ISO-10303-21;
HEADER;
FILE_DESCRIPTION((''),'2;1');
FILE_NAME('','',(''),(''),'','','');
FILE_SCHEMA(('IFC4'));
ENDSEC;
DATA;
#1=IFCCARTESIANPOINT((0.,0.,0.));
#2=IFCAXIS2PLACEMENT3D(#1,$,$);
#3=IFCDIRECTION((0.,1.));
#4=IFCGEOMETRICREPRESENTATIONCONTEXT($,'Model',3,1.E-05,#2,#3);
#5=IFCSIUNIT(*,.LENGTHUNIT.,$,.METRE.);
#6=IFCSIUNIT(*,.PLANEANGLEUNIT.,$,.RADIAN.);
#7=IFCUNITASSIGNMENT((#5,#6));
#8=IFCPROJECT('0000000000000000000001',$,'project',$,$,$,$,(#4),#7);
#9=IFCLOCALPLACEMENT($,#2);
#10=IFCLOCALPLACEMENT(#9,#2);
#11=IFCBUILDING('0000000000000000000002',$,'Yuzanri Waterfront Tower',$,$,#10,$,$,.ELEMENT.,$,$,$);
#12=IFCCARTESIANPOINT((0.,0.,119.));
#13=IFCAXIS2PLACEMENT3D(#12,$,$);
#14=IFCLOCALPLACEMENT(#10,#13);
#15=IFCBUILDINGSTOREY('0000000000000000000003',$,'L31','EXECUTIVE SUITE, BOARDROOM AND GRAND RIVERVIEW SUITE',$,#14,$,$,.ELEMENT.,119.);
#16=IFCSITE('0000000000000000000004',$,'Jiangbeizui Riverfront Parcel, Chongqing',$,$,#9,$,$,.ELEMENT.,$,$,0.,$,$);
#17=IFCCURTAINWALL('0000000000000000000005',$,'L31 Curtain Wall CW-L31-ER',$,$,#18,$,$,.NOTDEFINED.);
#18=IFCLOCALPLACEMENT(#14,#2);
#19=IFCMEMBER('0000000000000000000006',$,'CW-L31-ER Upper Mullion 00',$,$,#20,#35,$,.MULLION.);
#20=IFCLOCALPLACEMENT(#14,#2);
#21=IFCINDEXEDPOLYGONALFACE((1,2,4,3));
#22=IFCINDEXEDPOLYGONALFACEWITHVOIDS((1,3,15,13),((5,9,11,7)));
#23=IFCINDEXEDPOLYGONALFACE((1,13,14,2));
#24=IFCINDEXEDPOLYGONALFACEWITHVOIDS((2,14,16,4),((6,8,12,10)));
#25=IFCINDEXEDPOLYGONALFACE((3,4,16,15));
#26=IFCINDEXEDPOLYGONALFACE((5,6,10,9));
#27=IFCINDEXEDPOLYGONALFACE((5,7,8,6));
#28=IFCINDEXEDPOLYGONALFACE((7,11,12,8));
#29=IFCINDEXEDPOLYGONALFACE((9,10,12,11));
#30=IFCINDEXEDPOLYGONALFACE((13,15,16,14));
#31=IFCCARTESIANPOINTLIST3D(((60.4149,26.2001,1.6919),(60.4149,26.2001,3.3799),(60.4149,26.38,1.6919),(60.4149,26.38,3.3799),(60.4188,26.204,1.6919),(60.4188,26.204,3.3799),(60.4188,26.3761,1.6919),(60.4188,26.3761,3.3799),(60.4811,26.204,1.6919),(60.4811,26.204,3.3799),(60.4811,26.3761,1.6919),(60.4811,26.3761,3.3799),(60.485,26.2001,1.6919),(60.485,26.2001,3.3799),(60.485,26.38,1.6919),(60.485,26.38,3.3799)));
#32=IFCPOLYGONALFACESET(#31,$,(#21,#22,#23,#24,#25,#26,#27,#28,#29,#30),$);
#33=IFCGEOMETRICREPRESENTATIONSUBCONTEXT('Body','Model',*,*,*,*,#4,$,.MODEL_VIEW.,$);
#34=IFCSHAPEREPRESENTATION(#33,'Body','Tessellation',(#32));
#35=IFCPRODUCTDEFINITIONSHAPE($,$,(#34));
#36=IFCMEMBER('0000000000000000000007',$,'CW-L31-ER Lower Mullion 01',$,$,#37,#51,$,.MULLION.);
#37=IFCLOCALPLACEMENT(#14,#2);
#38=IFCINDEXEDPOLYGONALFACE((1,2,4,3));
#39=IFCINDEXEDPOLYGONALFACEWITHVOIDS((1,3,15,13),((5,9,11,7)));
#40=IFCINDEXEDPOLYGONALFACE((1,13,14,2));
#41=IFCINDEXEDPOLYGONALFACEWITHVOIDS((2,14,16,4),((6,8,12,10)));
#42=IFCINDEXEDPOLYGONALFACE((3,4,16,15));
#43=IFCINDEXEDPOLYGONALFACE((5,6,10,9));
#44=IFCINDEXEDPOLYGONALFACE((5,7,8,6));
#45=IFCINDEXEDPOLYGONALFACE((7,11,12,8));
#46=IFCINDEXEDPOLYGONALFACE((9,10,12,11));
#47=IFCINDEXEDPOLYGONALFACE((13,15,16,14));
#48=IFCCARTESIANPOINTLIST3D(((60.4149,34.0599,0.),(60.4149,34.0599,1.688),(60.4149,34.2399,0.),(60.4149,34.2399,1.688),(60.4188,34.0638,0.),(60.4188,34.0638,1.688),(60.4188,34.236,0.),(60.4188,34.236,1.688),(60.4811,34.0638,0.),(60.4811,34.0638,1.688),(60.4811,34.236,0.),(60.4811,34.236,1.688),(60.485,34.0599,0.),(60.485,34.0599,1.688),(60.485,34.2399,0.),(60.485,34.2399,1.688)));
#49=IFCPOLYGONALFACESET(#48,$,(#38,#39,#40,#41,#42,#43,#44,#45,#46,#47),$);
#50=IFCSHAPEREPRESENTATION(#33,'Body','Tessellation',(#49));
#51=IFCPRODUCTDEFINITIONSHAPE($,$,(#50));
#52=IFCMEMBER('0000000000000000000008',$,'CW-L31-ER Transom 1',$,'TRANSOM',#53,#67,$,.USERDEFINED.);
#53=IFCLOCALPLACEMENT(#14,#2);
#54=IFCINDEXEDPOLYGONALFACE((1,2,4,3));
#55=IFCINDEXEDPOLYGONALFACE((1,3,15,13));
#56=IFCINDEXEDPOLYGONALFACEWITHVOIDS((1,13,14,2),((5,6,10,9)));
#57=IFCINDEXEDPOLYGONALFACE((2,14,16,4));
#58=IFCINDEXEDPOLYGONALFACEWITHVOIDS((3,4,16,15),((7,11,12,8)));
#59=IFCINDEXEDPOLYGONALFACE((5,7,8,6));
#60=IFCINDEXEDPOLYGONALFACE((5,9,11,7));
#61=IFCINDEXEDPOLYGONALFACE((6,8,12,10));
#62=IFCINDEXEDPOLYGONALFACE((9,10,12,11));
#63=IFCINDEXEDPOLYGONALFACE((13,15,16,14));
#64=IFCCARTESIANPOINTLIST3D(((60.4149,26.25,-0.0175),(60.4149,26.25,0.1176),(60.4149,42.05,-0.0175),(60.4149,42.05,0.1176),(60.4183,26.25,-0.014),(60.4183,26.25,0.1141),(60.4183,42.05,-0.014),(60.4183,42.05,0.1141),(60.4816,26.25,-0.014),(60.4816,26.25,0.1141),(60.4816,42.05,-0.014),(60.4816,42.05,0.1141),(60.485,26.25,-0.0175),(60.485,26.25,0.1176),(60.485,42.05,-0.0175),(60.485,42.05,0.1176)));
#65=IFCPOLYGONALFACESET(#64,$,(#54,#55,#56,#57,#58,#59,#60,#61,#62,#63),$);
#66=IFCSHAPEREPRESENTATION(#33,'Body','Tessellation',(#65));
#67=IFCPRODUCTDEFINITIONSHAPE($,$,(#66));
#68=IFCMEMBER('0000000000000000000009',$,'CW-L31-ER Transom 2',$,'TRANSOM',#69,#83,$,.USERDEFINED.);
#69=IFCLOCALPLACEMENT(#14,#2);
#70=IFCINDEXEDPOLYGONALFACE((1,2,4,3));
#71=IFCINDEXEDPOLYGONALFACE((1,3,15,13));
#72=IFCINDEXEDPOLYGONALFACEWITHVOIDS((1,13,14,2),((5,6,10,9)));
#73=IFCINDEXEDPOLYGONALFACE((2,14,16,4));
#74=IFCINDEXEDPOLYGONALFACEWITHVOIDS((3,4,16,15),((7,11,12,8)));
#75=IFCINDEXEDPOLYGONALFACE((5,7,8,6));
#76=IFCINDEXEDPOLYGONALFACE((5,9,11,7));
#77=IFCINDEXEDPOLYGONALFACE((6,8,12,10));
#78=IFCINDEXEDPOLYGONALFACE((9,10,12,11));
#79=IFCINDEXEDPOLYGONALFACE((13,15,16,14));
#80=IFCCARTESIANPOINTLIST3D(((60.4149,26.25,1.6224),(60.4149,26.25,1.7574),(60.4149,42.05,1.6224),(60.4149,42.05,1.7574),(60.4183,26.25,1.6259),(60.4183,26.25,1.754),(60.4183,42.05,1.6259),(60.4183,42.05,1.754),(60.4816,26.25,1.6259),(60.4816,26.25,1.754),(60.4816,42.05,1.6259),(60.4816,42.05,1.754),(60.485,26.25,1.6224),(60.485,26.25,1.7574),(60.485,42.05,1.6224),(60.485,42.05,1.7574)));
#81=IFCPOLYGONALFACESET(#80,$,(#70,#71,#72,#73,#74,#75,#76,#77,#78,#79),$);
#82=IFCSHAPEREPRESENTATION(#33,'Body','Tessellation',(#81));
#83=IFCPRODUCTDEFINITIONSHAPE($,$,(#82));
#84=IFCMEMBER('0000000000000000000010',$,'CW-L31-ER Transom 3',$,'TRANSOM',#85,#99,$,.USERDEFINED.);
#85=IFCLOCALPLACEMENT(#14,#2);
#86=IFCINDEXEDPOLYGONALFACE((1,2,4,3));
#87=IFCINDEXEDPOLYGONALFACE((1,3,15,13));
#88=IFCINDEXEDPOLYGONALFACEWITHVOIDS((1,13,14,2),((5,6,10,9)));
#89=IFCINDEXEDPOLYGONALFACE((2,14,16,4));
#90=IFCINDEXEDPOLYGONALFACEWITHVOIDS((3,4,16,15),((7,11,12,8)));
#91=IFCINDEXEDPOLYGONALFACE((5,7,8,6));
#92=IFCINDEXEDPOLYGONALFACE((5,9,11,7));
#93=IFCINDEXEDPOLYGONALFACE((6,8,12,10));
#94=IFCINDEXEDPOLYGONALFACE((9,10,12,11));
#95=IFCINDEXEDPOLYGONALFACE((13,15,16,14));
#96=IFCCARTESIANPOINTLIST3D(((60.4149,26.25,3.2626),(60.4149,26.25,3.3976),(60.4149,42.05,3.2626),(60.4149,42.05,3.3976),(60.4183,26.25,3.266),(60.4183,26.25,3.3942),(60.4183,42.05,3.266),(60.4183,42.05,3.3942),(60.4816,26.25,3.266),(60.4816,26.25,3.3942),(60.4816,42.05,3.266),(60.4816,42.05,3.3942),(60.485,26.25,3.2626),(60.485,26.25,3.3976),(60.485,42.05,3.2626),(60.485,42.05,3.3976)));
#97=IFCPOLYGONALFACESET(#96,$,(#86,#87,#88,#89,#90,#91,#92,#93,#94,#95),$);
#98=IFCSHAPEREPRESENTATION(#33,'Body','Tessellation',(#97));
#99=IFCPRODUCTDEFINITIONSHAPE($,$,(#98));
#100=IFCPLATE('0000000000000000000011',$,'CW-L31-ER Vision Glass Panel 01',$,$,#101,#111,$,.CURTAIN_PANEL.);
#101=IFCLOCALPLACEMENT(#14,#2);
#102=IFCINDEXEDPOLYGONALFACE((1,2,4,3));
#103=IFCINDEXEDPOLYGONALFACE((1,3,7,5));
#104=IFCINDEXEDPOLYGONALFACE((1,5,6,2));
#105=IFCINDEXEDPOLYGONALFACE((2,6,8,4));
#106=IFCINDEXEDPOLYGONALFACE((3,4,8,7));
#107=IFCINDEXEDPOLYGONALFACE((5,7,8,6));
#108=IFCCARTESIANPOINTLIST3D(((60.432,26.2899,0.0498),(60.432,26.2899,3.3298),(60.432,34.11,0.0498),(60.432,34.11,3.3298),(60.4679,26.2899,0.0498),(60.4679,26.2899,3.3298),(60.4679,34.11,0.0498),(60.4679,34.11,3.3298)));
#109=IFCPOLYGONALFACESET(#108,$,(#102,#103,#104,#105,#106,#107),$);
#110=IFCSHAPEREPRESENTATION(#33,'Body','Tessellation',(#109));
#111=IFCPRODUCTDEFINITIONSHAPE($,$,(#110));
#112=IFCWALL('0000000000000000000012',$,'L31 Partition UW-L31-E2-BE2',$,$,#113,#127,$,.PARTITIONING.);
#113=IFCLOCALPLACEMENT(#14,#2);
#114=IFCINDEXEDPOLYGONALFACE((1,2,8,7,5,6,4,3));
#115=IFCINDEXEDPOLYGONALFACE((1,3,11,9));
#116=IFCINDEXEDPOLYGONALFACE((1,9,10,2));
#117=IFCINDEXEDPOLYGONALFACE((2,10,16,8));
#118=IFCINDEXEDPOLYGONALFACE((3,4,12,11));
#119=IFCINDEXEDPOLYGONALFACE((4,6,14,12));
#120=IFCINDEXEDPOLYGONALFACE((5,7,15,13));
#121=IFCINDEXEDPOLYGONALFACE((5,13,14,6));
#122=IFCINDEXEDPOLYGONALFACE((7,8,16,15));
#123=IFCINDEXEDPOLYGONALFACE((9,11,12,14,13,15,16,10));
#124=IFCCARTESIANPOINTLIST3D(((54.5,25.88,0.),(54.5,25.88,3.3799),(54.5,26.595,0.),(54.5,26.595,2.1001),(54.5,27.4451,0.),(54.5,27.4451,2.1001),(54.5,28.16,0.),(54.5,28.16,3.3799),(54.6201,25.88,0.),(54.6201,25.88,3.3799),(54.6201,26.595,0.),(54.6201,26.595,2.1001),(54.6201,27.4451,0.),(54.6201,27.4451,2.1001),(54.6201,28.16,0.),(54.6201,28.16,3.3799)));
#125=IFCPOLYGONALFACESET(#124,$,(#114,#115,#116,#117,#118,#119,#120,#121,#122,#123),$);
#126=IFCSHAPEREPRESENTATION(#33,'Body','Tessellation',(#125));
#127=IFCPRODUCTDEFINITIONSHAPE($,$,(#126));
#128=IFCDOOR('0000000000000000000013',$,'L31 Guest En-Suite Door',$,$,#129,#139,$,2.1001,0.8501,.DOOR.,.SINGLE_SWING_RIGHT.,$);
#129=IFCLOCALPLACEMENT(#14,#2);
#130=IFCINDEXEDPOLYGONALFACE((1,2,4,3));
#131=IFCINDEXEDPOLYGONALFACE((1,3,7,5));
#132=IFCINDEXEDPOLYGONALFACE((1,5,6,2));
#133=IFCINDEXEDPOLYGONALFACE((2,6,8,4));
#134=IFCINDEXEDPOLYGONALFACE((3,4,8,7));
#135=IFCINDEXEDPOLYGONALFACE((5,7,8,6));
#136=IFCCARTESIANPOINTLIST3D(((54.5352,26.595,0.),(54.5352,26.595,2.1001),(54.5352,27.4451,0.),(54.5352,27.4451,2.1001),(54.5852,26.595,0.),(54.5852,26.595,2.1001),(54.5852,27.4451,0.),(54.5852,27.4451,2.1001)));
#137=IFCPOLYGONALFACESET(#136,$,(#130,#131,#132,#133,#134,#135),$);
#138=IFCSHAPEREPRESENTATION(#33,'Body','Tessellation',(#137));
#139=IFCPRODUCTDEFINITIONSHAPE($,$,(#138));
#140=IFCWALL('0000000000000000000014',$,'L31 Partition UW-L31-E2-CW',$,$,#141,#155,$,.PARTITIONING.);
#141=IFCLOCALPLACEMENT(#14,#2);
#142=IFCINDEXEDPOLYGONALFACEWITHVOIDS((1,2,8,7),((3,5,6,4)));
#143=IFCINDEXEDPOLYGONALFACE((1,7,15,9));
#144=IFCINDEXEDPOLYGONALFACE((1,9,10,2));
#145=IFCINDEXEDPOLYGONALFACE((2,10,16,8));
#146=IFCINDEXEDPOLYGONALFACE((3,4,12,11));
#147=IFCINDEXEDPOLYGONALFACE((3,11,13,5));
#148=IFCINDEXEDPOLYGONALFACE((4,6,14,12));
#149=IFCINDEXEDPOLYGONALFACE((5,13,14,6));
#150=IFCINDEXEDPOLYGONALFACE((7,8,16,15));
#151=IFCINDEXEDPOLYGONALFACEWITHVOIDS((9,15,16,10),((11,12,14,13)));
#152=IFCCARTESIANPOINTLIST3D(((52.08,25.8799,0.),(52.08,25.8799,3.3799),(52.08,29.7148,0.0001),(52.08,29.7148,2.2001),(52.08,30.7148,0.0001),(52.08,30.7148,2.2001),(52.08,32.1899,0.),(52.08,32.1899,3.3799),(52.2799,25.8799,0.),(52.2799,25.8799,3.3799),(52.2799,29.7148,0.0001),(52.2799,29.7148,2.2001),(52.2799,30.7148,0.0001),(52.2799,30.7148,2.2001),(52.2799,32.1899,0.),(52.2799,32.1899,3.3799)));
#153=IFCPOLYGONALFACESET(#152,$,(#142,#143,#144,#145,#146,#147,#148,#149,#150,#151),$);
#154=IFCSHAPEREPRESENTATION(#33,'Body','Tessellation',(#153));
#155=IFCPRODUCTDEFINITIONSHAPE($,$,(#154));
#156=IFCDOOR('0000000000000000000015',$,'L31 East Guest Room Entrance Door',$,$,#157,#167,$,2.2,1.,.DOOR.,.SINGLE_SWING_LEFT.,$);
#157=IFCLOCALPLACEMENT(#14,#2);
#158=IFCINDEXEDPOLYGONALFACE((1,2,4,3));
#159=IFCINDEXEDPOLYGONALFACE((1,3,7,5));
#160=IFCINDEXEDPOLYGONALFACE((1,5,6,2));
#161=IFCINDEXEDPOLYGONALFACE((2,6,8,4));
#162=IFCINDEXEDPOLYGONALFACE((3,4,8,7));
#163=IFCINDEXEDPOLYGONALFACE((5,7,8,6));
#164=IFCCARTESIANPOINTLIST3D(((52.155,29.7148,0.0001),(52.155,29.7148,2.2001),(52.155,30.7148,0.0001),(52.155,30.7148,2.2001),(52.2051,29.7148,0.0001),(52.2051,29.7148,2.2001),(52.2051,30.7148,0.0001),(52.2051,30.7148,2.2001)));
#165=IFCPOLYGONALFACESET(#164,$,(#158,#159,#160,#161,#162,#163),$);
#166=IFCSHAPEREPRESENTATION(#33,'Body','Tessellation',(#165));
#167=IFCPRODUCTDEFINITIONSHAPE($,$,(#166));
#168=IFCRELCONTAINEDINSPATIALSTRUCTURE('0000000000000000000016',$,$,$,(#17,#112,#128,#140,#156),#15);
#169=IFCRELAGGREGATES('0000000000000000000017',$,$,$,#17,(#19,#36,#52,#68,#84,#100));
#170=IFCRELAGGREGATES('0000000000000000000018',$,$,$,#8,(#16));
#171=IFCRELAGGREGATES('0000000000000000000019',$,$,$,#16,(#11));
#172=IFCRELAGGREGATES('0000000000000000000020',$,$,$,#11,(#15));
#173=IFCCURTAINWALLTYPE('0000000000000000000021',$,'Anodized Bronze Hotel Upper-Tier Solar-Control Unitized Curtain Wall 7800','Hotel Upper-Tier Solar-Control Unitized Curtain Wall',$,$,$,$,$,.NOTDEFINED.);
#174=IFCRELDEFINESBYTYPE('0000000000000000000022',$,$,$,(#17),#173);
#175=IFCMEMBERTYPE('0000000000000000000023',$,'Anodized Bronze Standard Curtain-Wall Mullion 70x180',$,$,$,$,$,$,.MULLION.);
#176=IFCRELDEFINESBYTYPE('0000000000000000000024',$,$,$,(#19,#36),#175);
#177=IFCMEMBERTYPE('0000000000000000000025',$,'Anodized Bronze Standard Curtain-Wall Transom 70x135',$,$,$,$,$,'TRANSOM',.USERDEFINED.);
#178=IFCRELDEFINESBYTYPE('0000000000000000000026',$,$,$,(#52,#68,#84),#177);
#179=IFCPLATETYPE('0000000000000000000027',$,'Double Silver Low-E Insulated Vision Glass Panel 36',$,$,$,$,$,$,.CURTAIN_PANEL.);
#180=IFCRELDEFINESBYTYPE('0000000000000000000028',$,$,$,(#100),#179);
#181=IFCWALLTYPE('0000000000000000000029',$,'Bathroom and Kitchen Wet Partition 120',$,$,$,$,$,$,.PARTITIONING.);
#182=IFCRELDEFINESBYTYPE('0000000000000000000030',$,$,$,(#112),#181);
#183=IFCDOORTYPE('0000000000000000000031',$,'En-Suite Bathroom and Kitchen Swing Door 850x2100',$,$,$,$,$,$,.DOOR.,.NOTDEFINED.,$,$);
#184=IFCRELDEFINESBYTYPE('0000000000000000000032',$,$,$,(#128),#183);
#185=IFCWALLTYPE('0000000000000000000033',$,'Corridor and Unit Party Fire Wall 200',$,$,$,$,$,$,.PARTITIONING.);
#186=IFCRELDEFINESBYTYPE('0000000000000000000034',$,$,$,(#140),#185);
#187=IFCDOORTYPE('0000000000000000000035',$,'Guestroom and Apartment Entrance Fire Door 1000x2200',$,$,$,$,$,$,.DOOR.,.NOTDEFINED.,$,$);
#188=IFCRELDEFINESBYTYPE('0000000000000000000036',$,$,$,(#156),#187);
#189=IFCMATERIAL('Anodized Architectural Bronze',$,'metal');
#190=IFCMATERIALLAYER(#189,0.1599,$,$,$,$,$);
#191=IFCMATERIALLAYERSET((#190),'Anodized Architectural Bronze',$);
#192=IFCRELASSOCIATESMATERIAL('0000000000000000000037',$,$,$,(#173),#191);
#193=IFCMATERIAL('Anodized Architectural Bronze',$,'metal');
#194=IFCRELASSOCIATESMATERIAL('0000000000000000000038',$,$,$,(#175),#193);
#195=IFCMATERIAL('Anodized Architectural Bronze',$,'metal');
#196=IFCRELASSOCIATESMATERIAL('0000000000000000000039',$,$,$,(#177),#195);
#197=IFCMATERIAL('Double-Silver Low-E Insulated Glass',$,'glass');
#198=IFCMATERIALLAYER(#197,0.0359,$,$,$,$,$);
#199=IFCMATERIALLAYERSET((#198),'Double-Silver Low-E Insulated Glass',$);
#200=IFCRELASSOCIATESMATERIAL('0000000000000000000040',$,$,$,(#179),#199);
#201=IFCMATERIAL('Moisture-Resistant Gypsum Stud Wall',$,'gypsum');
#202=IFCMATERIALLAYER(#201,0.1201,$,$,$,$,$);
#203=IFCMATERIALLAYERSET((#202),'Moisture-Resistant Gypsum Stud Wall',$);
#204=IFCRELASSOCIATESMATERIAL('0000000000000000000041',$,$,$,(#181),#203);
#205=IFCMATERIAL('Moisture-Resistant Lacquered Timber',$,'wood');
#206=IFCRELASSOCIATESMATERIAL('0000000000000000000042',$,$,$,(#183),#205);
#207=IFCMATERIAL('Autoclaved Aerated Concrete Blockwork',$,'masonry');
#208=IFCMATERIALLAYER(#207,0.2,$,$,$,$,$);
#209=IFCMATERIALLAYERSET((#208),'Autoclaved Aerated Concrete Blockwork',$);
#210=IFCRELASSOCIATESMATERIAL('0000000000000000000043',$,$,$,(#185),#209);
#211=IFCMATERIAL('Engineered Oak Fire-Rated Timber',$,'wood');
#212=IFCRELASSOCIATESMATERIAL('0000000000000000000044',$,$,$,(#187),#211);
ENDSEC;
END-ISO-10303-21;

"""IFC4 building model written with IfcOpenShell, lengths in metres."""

from ifc_helpers import new_model, si_unit, direction, frame, frame_2d, origin, origin_2d, place, context, subcontext, project, spatial, rectangle, hollow_rectangle, extrude, source, transform, mapped, material, layer, layer_set, material_profile, profile_set, type_object, element, fill, aggregate, save


model = new_model("IFC4")

# Units and contexts
model_context = context("Model", 3, precision=1e-05, world=origin(), true_north=direction((0.0, 1.0)))
body_context = subcontext(model_context, "Body", "Model", "MODEL_VIEW")
ifc_project = project(units=[si_unit("LENGTHUNIT", "METRE"), si_unit("PLANEANGLEUNIT", "RADIAN")], contexts=[model_context])

# Site, building, storey
site_placement = place(None, origin())
site = spatial("IfcSite", under=ifc_project, at=site_placement, Name="Jiangbeizui Riverfront Parcel, Chongqing", CompositionType="ELEMENT", RefElevation=0.0)
building_placement = place(site_placement, origin())
building = spatial("IfcBuilding", under=site, at=building_placement, Name="Yuzanri Waterfront Tower", CompositionType="ELEMENT")
storey_placement = place(building_placement, frame((0.0, 0.0, 119.0)))
storey = spatial("IfcBuildingStorey", under=building, at=storey_placement, Name="L31", Description="EXECUTIVE SUITE, BOARDROOM AND GRAND RIVERVIEW SUITE", CompositionType="ELEMENT", Elevation=119.0)

# Curtain wall, members, plate
ifc_material_1 = material(Name="Anodized Architectural Bronze", Category="metal")
ifc_layer_1 = layer(ifc_material_1, 0.1599)
ifc_layer_set_1 = layer_set([ifc_layer_1], Name="Anodized Architectural Bronze")
curtain_wall_type = type_object("IfcCurtainWallType", Name="Anodized Bronze Hotel Upper-Tier Solar-Control Unitized Curtain Wall 7800", Description="Hotel Upper-Tier Solar-Control Unitized Curtain Wall", PredefinedType="NOTDEFINED", material=ifc_layer_set_1)
curtain_wall_placement = place(storey_placement, origin())
curtain_wall = element("IfcCurtainWall", 1, at=curtain_wall_placement, inside=storey, type_object=curtain_wall_type, Name="L31 Curtain Wall CW-L31-ER", PredefinedType="NOTDEFINED")
ifc_material_2 = material(Name="Anodized Architectural Bronze", Category="metal")
ifc_material_profile_1 = material_profile(ifc_material_2, hollow_rectangle(XDim=0.0701, YDim=0.1799, WallThickness=0.0039, at=origin_2d()), Name="CWM 70x180")
ifc_profile_set_1 = profile_set([ifc_material_profile_1], Name="Anodized Architectural Bronze")
member_type_1 = type_object("IfcMemberType", Name="Anodized Bronze Standard Curtain-Wall Mullion 70x180", PredefinedType="MULLION", material=ifc_profile_set_1)
shared_shape_1 = source(origin(), body_context, "Body", "SweptSolid", [
    extrude(hollow_rectangle(XDim=0.0701, YDim=0.1799, WallThickness=0.0039, at=origin_2d()), origin(), (0.0, 0.0, 1.0), 1.688),
])
member_1_placement = place(storey_placement, frame((60.45, 26.29, 1.6919), z_axis=(0.0, 0.0, 1.0), x_axis=(1.0, 0.0, 0.0)))
member_1 = element("IfcMember", 2, at=member_1_placement, type_object=member_type_1, Name="CW-L31-ER Upper Mullion 00", PredefinedType="MULLION", context=body_context, shape_type="MappedRepresentation", body=[
    mapped(shared_shape_1, transform((0.0, 0.0, 0.0), scale=1.0)),
])
member_2_placement = place(storey_placement, frame((60.45, 34.1499, 0.0), z_axis=(0.0, 0.0, 1.0), x_axis=(1.0, 0.0, 0.0)))
member_2 = element("IfcMember", 3, at=member_2_placement, type_object=member_type_1, Name="CW-L31-ER Lower Mullion 01", PredefinedType="MULLION", context=body_context, shape_type="MappedRepresentation", body=[
    mapped(shared_shape_1, transform((0.0, 0.0, 0.0), scale=1.0)),
])
ifc_material_3 = material(Name="Anodized Architectural Bronze", Category="metal")
ifc_material_profile_2 = material_profile(ifc_material_3, hollow_rectangle(XDim=0.0701, YDim=0.135, WallThickness=0.0034, at=origin_2d()), Name="CWT 70x135")
ifc_profile_set_2 = profile_set([ifc_material_profile_2], Name="Anodized Architectural Bronze")
member_type_2 = type_object("IfcMemberType", Name="Anodized Bronze Standard Curtain-Wall Transom 70x135", ElementType="TRANSOM", PredefinedType="USERDEFINED", material=ifc_profile_set_2)
shared_shape_2 = source(origin(), body_context, "Body", "SweptSolid", [
    extrude(hollow_rectangle(XDim=0.0701, YDim=0.135, WallThickness=0.0034, at=origin_2d()), origin(), (0.0, 0.0, 1.0), 15.8),
])
member_3_placement = place(storey_placement, frame((60.45, 26.25, 0.05), z_axis=(0.0, 1.0, 0.0), x_axis=(-1.0, 0.0, 0.0)))
member_3 = element("IfcMember", 4, at=member_3_placement, type_object=member_type_2, Name="CW-L31-ER Transom 1", ObjectType="TRANSOM", PredefinedType="USERDEFINED", context=body_context, shape_type="MappedRepresentation", body=[
    mapped(shared_shape_2, transform((0.0, 0.0, 0.0), scale=1.0)),
])
member_4_placement = place(storey_placement, frame((60.45, 26.25, 1.6899), z_axis=(0.0, 1.0, 0.0), x_axis=(-1.0, 0.0, 0.0)))
member_4 = element("IfcMember", 5, at=member_4_placement, type_object=member_type_2, Name="CW-L31-ER Transom 2", ObjectType="TRANSOM", PredefinedType="USERDEFINED", context=body_context, shape_type="MappedRepresentation", body=[
    mapped(shared_shape_2, transform((0.0, 0.0, 0.0), scale=1.0)),
])
member_5_placement = place(storey_placement, frame((60.45, 26.25, 3.3301), z_axis=(0.0, 1.0, 0.0), x_axis=(-1.0, 0.0, 0.0)))
member_5 = element("IfcMember", 6, at=member_5_placement, type_object=member_type_2, Name="CW-L31-ER Transom 3", ObjectType="TRANSOM", PredefinedType="USERDEFINED", context=body_context, shape_type="MappedRepresentation", body=[
    mapped(shared_shape_2, transform((0.0, 0.0, 0.0), scale=1.0)),
])
ifc_material_4 = material(Name="Double-Silver Low-E Insulated Glass", Category="glass")
ifc_layer_2 = layer(ifc_material_4, 0.0359)
ifc_layer_set_2 = layer_set([ifc_layer_2], Name="Double-Silver Low-E Insulated Glass")
plate_type = type_object("IfcPlateType", Name="Double Silver Low-E Insulated Vision Glass Panel 36", PredefinedType="CURTAIN_PANEL", material=ifc_layer_set_2)
shared_shape_3 = source(origin(), body_context, "Body", "SweptSolid", [
    extrude(rectangle(XDim=7.8201, YDim=0.0359, at=origin_2d()), origin(), (0.0, 0.0, 1.0), 3.28),
])
plate_placement = place(storey_placement, frame((60.45, 30.2, 0.0498), z_axis=(0.0, 0.0, 1.0), x_axis=(0.0, 1.0, 0.0)))
plate = element("IfcPlate", 7, at=plate_placement, type_object=plate_type, Name="CW-L31-ER Vision Glass Panel 01", PredefinedType="CURTAIN_PANEL", context=body_context, shape_type="MappedRepresentation", body=[
    mapped(shared_shape_3, transform((0.0, 0.0, 0.0), scale=1.0)),
])
aggregate(curtain_wall, [member_1, member_2, member_3, member_4, member_5, plate])

# Walls, openings, doors
ifc_material_5 = material(Name="Moisture-Resistant Gypsum Stud Wall", Category="gypsum")
ifc_layer_3 = layer(ifc_material_5, 0.1201)
ifc_layer_set_3 = layer_set([ifc_layer_3], Name="Moisture-Resistant Gypsum Stud Wall")
wall_type_1 = type_object("IfcWallType", Name="Bathroom and Kitchen Wet Partition 120", PredefinedType="PARTITIONING", material=ifc_layer_set_3)
wall_1_placement = place(storey_placement, frame((54.5601, 25.8799, 0.0), z_axis=(0.0, 0.0, 1.0), x_axis=(0.0, 1.0, 0.0)))
wall_1 = element("IfcWall", 8, at=wall_1_placement, inside=storey, type_object=wall_type_1, Name="L31 Partition UW-L31-E2-BE2", PredefinedType="PARTITIONING", context=body_context, shape_type="SweptSolid", body=[
    extrude(rectangle(XDim=2.28, YDim=0.1201, at=frame_2d((1.1401, 0.0))), origin(), (0.0, 0.0, 1.0), 3.3799),
])
opening_1_placement = place(wall_1_placement, frame((0.7151, 0.0, 0.0)))
opening_1 = element("IfcOpeningElement", 9, at=opening_1_placement, cuts=wall_1, PredefinedType="OPENING", context=body_context, shape_type="SweptSolid", body=[
    extrude(rectangle(XDim=0.8501, YDim=2.1001, at=frame_2d((0.425, 1.05))), frame((0.0, 0.075, 0.0), z_axis=(0.0, -1.0, 0.0), x_axis=(1.0, 0.0, 0.0)), (0.0, 0.0, 1.0), 0.1499),
])
ifc_material_6 = material(Name="Moisture-Resistant Lacquered Timber", Category="wood")
door_type_1 = type_object("IfcDoorType", Name="En-Suite Bathroom and Kitchen Swing Door 850x2100", OperationType="NOTDEFINED", PredefinedType="DOOR", material=ifc_material_6)
shared_shape_4 = source(origin(), body_context, "Body", "SweptSolid", [
    extrude(rectangle(XDim=0.8501, YDim=2.1001, at=frame_2d((0.425, 1.05))), frame((0.0, 0.0249, 0.0), z_axis=(0.0, -1.0, 0.0), x_axis=(1.0, 0.0, 0.0)), (0.0, 0.0, 1.0), 0.05),
])
door_1_placement = place(opening_1_placement, origin())
door_1 = element("IfcDoor", 10, at=door_1_placement, inside=storey, type_object=door_type_1, Name="L31 Guest En-Suite Door", OperationType="SINGLE_SWING_RIGHT", OverallHeight=2.1001, OverallWidth=0.8501, PredefinedType="DOOR", context=body_context, shape_type="MappedRepresentation", body=[
    mapped(shared_shape_4, transform((0.0, 0.0, 0.0), scale=1.0)),
])
fill(opening_1, door_1)
ifc_material_7 = material(Name="Autoclaved Aerated Concrete Blockwork", Category="masonry")
ifc_layer_4 = layer(ifc_material_7, 0.2)
ifc_layer_set_4 = layer_set([ifc_layer_4], Name="Autoclaved Aerated Concrete Blockwork")
wall_type_2 = type_object("IfcWallType", Name="Corridor and Unit Party Fire Wall 200", PredefinedType="PARTITIONING", material=ifc_layer_set_4)
wall_2_placement = place(storey_placement, frame((52.1799, 25.8799, 0.0), z_axis=(0.0, 0.0, 1.0), x_axis=(0.0, 1.0, 0.0)))
wall_2 = element("IfcWall", 11, at=wall_2_placement, inside=storey, type_object=wall_type_2, Name="L31 Partition UW-L31-E2-CW", PredefinedType="PARTITIONING", context=body_context, shape_type="SweptSolid", body=[
    extrude(rectangle(XDim=6.3101, YDim=0.2, at=frame_2d((3.155, 0.0))), origin(), (0.0, 0.0, 1.0), 3.3799),
])
opening_2_placement = place(wall_2_placement, frame((3.835, 0.0, 0.0)))
opening_2 = element("IfcOpeningElement", 12, at=opening_2_placement, cuts=wall_2, PredefinedType="OPENING", context=body_context, shape_type="SweptSolid", body=[
    extrude(rectangle(XDim=1.0, YDim=2.2, at=frame_2d((0.5, 1.1001))), frame((0.0, 0.1147, 0.0), z_axis=(0.0, -1.0, 0.0), x_axis=(1.0, 0.0, 0.0)), (0.0, 0.0, 1.0), 0.2297),
])
ifc_material_8 = material(Name="Engineered Oak Fire-Rated Timber", Category="wood")
door_type_2 = type_object("IfcDoorType", Name="Guestroom and Apartment Entrance Fire Door 1000x2200", OperationType="NOTDEFINED", PredefinedType="DOOR", material=ifc_material_8)
shared_shape_5 = source(origin(), body_context, "Body", "SweptSolid", [
    extrude(rectangle(XDim=1.0, YDim=2.2, at=frame_2d((0.5, 1.1001))), frame((0.0, 0.0249, 0.0), z_axis=(0.0, -1.0, 0.0), x_axis=(1.0, 0.0, 0.0)), (0.0, 0.0, 1.0), 0.05),
])
door_2_placement = place(opening_2_placement, origin())
door_2 = element("IfcDoor", 13, at=door_2_placement, inside=storey, type_object=door_type_2, Name="L31 East Guest Room Entrance Door", OperationType="SINGLE_SWING_LEFT", OverallHeight=2.2, OverallWidth=1.0, PredefinedType="DOOR", context=body_context, shape_type="MappedRepresentation", body=[
    mapped(shared_shape_5, transform((0.0, 0.0, 0.0), scale=1.0)),
])
fill(opening_2, door_2)

save(model, "model.ifc")
